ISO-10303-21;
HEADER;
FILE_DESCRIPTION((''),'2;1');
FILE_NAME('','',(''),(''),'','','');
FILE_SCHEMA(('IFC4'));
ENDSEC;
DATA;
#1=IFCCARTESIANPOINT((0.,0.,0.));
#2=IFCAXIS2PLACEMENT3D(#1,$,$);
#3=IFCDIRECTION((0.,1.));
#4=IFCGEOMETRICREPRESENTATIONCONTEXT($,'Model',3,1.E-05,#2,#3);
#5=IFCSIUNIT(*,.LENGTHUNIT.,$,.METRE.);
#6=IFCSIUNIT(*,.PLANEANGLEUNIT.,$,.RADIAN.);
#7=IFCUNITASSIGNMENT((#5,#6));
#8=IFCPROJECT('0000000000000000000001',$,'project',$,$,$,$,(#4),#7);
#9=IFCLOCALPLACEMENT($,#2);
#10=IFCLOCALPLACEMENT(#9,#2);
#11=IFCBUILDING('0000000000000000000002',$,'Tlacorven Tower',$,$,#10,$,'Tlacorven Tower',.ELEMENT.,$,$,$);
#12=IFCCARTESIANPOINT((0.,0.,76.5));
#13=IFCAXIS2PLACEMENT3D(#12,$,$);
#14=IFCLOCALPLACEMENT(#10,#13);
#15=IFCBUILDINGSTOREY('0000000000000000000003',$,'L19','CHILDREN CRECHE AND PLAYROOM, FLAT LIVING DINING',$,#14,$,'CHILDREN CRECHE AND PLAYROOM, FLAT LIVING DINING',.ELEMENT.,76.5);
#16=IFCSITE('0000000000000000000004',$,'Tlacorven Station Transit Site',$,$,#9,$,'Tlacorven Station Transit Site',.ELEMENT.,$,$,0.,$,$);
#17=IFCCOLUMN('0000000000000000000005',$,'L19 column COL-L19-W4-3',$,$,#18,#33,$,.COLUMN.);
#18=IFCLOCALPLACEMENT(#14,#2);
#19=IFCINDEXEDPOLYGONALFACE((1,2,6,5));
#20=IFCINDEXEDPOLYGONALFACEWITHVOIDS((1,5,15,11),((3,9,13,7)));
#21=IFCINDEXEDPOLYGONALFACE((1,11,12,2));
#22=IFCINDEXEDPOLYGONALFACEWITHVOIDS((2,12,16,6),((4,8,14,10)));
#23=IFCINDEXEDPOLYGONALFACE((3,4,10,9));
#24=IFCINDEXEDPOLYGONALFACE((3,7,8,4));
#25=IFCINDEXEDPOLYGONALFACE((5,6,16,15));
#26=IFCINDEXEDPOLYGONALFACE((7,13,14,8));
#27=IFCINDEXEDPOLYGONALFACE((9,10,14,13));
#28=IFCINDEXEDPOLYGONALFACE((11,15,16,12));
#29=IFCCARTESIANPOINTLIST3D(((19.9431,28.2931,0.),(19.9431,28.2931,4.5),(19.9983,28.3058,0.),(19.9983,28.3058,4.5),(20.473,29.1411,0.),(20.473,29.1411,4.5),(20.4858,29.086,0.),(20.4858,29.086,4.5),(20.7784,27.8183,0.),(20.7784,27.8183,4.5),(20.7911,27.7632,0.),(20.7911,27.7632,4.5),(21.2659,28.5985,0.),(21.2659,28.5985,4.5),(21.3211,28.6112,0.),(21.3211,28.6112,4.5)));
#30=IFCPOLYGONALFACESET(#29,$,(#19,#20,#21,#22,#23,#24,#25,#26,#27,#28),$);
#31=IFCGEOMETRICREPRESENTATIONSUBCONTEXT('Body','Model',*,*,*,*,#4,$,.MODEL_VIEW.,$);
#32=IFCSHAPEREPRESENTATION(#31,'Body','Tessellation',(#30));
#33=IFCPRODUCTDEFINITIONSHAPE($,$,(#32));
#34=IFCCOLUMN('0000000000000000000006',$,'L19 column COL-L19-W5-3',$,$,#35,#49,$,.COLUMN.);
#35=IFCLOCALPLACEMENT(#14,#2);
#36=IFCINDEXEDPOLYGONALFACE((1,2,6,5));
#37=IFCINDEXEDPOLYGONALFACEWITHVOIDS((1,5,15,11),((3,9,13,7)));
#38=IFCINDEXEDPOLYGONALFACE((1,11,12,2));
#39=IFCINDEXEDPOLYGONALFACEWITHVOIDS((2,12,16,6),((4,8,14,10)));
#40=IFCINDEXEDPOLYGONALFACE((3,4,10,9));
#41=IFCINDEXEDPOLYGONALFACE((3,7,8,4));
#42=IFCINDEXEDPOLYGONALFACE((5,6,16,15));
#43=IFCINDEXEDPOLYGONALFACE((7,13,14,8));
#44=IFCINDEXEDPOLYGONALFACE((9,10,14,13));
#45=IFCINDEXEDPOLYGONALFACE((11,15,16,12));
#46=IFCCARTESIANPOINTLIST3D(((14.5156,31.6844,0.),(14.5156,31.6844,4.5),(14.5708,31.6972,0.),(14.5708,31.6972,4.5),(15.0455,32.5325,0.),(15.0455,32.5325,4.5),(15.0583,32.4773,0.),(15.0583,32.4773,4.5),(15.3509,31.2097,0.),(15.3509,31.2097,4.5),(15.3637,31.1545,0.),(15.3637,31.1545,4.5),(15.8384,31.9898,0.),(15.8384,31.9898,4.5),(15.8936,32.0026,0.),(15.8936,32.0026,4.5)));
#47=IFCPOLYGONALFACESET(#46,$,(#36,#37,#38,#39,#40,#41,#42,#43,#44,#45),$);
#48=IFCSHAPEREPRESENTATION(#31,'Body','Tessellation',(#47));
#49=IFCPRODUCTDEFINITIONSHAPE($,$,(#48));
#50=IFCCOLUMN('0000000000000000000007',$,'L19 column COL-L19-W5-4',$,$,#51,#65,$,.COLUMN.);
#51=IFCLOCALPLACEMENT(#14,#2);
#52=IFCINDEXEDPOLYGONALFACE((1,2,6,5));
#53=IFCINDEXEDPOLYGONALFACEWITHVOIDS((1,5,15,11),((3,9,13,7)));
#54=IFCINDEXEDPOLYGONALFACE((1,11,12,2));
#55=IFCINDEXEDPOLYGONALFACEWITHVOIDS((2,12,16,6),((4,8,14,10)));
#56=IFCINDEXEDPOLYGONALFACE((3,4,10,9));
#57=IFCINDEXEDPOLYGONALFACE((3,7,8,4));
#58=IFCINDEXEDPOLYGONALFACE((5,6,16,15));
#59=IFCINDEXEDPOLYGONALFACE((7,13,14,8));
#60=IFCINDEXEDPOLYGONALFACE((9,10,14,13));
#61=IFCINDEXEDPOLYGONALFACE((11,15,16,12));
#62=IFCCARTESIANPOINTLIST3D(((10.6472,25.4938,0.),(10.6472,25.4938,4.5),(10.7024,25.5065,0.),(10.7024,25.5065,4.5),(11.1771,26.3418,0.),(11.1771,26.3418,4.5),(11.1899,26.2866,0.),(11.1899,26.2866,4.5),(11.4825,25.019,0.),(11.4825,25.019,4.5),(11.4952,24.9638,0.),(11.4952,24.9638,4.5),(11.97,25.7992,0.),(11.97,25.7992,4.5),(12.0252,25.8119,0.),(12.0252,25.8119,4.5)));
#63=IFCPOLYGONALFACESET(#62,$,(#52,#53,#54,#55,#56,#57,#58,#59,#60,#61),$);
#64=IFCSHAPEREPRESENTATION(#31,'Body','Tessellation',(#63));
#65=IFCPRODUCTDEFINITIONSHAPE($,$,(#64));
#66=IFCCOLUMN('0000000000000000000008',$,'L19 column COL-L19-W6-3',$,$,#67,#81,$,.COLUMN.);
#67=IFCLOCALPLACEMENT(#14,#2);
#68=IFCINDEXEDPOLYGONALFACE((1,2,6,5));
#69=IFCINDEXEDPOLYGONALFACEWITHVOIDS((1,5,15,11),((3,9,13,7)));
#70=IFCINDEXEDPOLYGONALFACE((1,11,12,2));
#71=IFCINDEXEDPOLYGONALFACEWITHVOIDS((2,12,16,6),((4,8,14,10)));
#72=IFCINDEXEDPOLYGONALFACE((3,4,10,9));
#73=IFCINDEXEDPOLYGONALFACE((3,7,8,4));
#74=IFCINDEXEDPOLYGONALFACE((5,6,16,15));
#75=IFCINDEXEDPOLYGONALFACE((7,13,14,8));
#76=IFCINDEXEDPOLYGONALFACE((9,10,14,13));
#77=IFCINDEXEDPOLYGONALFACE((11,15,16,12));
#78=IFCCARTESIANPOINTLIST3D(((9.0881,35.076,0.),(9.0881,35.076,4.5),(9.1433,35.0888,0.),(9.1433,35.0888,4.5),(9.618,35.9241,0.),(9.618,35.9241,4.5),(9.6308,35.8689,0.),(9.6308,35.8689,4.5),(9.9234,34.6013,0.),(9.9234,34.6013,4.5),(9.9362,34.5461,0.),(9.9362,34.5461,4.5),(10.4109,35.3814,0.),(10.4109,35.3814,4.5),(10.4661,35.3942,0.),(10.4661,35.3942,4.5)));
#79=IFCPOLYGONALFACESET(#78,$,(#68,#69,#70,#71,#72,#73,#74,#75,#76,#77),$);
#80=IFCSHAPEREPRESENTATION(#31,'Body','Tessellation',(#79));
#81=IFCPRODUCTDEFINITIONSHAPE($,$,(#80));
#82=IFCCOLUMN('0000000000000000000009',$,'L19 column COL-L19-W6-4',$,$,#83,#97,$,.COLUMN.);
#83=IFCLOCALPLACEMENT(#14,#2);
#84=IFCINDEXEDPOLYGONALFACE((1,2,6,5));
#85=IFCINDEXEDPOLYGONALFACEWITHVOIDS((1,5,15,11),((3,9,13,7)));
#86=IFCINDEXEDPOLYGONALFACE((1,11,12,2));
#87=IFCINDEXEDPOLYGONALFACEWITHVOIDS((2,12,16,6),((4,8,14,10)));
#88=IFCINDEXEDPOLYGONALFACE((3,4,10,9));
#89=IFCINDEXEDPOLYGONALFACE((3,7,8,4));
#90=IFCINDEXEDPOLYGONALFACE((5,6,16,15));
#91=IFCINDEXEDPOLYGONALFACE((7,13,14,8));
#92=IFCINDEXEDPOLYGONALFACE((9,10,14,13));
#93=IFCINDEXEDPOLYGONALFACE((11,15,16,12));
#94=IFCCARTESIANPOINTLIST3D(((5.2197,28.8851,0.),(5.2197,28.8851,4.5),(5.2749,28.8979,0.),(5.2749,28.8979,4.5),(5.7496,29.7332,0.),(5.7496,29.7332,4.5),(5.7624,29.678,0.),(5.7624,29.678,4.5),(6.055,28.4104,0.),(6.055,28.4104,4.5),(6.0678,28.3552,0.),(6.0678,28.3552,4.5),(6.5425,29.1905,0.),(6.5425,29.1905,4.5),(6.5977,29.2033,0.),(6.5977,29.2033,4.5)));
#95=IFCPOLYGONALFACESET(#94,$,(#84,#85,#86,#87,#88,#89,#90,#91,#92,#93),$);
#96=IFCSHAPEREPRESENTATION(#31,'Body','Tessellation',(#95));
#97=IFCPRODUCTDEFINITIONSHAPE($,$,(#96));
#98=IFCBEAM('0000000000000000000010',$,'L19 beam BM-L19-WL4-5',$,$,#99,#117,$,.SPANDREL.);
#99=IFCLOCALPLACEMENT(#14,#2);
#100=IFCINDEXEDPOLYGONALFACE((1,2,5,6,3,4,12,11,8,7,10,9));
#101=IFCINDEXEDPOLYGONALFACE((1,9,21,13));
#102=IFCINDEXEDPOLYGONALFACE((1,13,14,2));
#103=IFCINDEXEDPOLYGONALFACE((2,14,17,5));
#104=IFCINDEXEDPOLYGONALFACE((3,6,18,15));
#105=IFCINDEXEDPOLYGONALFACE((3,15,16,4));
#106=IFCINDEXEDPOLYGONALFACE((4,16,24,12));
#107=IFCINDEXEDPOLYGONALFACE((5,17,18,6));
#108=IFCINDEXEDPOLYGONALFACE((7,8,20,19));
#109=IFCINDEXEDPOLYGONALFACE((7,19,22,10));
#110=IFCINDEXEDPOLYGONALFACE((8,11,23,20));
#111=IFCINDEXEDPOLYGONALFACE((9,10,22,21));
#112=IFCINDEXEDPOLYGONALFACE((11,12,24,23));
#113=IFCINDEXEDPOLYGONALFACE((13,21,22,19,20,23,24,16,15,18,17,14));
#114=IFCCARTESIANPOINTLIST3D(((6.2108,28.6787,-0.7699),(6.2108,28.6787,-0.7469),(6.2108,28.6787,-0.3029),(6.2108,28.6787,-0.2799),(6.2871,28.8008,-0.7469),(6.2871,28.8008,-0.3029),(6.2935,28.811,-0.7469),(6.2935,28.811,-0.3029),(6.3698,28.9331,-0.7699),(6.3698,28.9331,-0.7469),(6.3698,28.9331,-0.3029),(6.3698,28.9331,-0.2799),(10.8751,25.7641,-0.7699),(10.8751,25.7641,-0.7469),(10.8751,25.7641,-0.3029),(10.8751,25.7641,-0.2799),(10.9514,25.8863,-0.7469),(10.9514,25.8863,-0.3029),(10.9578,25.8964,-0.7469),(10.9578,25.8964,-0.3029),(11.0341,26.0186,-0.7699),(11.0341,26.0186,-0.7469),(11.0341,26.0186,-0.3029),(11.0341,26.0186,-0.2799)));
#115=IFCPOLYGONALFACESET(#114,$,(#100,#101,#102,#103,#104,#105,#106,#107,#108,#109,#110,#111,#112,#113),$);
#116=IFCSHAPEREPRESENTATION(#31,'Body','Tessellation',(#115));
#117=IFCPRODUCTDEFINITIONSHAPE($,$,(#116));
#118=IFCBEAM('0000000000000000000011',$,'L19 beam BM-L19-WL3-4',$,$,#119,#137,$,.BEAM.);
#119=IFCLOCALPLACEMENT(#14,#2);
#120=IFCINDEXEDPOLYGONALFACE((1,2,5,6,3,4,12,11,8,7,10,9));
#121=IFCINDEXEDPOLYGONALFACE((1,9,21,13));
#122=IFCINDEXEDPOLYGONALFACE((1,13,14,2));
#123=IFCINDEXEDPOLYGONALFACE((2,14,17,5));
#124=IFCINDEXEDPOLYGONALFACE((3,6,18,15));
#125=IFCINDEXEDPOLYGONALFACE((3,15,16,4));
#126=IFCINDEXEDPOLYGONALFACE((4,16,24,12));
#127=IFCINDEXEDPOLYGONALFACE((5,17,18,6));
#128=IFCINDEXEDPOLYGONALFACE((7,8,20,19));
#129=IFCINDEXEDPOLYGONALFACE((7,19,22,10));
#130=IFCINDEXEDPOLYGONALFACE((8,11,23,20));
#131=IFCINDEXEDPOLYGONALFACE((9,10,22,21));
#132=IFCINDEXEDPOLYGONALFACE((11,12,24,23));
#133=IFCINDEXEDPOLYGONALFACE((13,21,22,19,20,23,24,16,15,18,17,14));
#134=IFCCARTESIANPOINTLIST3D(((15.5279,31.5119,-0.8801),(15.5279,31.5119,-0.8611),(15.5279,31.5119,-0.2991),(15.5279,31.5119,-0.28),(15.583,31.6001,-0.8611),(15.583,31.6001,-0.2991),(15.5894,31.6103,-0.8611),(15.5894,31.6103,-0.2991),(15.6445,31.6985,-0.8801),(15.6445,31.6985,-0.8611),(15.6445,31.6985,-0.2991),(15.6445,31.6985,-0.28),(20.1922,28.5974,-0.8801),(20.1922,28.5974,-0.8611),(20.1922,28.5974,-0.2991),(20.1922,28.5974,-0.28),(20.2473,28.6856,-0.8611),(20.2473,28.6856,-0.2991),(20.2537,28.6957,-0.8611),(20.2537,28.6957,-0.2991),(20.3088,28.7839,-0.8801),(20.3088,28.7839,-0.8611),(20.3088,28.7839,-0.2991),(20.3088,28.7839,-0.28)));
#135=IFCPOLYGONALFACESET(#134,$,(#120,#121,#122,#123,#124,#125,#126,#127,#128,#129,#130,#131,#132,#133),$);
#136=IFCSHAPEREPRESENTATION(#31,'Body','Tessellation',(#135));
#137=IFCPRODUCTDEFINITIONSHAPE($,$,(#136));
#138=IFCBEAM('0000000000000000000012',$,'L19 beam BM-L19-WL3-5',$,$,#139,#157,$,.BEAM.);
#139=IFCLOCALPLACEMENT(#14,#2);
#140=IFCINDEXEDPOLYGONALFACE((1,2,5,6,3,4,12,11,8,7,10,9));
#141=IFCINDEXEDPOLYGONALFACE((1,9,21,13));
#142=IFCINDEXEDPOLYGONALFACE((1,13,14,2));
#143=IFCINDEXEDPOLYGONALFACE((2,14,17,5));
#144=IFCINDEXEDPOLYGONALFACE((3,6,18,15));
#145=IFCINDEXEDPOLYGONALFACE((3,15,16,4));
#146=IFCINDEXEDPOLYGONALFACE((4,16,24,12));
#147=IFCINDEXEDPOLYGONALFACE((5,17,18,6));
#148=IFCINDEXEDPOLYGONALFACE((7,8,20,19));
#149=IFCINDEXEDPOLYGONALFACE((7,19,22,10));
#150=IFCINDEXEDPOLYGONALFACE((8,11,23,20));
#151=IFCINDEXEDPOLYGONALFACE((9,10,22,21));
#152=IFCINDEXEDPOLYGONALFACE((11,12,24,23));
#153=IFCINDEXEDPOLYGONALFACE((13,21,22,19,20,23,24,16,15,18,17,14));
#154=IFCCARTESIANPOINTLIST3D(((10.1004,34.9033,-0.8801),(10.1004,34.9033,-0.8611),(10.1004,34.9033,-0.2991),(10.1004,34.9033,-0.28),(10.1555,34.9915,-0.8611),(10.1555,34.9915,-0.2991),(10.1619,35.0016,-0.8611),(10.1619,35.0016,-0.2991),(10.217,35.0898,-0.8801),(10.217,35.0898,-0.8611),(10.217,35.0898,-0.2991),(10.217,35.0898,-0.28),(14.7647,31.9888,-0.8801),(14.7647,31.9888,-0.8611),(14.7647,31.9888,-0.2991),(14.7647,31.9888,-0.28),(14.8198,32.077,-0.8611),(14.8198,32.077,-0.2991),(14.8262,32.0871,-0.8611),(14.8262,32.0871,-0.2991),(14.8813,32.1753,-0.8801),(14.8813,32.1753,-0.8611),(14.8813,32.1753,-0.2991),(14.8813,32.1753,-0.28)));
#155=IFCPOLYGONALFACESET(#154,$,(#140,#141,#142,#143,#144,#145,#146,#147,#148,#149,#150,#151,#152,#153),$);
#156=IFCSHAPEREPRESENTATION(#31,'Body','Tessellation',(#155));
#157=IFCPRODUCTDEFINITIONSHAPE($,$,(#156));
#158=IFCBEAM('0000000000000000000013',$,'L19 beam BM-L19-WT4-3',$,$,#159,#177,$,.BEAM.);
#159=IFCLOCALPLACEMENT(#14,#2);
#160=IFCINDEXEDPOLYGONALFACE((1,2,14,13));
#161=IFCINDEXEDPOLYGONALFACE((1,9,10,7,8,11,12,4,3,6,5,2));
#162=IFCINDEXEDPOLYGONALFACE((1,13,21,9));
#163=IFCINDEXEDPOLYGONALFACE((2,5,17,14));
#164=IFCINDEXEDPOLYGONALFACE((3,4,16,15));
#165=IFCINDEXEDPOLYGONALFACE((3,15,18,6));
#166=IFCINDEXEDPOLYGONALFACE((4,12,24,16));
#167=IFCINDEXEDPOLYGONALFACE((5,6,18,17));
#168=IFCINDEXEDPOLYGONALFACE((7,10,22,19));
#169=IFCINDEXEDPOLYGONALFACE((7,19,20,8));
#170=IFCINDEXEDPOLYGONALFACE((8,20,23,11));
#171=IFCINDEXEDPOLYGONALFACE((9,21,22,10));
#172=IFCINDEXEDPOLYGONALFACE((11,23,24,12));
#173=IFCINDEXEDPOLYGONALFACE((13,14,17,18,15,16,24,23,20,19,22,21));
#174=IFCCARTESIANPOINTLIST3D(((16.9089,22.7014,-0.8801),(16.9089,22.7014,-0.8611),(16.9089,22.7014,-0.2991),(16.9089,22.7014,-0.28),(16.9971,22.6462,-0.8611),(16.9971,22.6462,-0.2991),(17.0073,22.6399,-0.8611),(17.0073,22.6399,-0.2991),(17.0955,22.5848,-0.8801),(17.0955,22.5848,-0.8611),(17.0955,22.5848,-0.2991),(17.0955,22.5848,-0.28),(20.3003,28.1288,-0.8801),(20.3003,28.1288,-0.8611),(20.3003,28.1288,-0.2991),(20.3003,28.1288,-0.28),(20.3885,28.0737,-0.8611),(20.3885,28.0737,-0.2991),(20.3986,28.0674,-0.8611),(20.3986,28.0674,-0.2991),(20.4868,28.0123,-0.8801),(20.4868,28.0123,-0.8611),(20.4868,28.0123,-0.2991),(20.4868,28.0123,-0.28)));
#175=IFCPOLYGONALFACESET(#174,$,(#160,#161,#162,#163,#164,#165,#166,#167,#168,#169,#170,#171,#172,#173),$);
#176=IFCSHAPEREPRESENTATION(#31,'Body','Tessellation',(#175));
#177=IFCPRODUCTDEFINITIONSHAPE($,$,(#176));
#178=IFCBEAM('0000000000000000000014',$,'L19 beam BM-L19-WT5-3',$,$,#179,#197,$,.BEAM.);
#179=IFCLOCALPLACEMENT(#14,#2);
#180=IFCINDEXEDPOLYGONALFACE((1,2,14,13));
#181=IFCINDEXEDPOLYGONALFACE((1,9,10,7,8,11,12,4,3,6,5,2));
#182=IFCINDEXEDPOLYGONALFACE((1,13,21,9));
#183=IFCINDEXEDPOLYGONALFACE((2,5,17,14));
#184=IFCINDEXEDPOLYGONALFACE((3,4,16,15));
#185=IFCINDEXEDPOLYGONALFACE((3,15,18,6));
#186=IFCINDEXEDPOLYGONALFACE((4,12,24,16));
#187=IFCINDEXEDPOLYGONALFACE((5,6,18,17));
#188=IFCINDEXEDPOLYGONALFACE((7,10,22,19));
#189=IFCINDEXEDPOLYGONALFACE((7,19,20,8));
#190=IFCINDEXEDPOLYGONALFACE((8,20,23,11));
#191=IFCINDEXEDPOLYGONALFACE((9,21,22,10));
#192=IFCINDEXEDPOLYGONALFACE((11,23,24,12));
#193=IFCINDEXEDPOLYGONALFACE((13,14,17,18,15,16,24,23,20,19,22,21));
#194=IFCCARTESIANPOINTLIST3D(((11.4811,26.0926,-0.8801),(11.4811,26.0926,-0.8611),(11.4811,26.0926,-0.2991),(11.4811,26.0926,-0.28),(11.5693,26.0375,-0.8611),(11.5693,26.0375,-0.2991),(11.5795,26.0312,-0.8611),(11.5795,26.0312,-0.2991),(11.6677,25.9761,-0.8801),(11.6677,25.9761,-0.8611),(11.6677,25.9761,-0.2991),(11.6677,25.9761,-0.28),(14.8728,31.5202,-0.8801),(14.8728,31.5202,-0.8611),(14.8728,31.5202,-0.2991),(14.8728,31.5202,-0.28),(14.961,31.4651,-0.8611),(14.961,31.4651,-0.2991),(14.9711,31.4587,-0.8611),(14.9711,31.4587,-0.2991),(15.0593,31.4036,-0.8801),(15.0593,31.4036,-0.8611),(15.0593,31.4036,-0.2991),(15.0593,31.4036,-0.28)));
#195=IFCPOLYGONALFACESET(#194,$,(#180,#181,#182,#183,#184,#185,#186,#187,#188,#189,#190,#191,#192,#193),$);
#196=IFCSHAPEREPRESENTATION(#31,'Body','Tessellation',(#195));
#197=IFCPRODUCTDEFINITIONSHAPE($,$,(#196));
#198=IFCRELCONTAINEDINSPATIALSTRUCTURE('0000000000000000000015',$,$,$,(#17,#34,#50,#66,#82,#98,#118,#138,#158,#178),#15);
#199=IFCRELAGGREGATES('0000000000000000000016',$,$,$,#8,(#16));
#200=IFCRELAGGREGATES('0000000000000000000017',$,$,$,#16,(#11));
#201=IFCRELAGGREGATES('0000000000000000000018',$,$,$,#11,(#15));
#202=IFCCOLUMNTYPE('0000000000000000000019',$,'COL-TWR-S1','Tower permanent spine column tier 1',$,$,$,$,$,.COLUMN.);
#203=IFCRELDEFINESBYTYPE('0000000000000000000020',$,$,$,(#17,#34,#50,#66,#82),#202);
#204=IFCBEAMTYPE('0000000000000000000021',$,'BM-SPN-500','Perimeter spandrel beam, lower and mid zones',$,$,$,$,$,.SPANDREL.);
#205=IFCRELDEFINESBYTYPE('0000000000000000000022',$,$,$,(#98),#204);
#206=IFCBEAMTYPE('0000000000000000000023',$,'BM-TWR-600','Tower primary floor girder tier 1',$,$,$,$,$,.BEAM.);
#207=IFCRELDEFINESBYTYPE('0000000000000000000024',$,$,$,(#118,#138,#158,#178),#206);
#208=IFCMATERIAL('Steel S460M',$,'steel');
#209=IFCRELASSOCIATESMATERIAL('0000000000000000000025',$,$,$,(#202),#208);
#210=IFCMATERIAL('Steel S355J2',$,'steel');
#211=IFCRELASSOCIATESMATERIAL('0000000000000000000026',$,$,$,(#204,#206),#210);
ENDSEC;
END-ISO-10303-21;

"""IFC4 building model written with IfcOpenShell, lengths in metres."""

from ifc_helpers import new_model, si_unit, direction, frame, origin, origin_2d, place, context, subcontext, project, spatial, hollow_rectangle, i_section, extrude, source, transform, mapped, material, material_profile, profile_set, type_object, element, save


model = new_model("IFC4")

# Units and contexts
model_context = context("Model", 3, precision=1e-05, world=origin(), true_north=direction((0.0, 1.0)))
body_context = subcontext(model_context, "Body", "Model", "MODEL_VIEW")
ifc_project = project(units=[si_unit("LENGTHUNIT", "METRE"), si_unit("PLANEANGLEUNIT", "RADIAN")], contexts=[model_context])

# Site, building, storey
site_placement = place(None, origin())
site = spatial("IfcSite", under=ifc_project, at=site_placement, Name="Tlacorven Station Transit Site", LongName="Tlacorven Station Transit Site", CompositionType="ELEMENT", RefElevation=0.0)
building_placement = place(site_placement, origin())
building = spatial("IfcBuilding", under=site, at=building_placement, Name="Tlacorven Tower", LongName="Tlacorven Tower", CompositionType="ELEMENT")
storey_placement = place(building_placement, frame((0.0, 0.0, 76.5)))
storey = spatial("IfcBuildingStorey", under=building, at=storey_placement, Name="L19", Description="CHILDREN CRECHE AND PLAYROOM, FLAT LIVING DINING", LongName="CHILDREN CRECHE AND PLAYROOM, FLAT LIVING DINING", CompositionType="ELEMENT", Elevation=76.5)

# Columns
ifc_material_1 = material(Name="Steel S460M", Category="steel")
ifc_material_profile_1 = material_profile(ifc_material_1, hollow_rectangle(XDim=1.0, YDim=1.0, WallThickness=0.04, at=origin_2d()), Name="BOX 1000X1000X40")
ifc_profile_set_1 = profile_set([ifc_material_profile_1], Name="Steel S460M")
column_type = type_object("IfcColumnType", Name="COL-TWR-S1", Description="Tower permanent spine column tier 1", PredefinedType="COLUMN", material=ifc_profile_set_1)
shared_shape_1 = source(origin(), body_context, "Body", "SweptSolid", [
    extrude(hollow_rectangle(XDim=1.0, YDim=1.0, WallThickness=0.04, at=origin_2d()), origin(), (0.0, 0.0, 1.0), 4.5),
])
for number, where, z_axis, x_axis, name in (
    (1, (20.6321, 28.4521, 0.0), (0.0, 0.0, 1.0), (-0.848048, 0.529919, 0.0), "L19 column COL-L19-W4-3"),
    (2, (15.2046, 31.8435, 0.0), (0.0, 0.0, 1.0), (-0.848048, 0.529919, 0.0), "L19 column COL-L19-W5-3"),
    (3, (11.3362, 25.6528, 0.0), (0.0, 0.0, 1.0), (-0.848048, 0.529919, 0.0), "L19 column COL-L19-W5-4"),
    (4, (9.7771, 35.2351, 0.0), (0.0, 0.0, 1.0), (-0.848048, 0.529919, 0.0), "L19 column COL-L19-W6-3"),
    (5, (5.9087, 29.0442, 0.0), (0.0, 0.0, 1.0), (-0.848048, 0.529919, 0.0), "L19 column COL-L19-W6-4"),
):
    element("IfcColumn", number, at=place(storey_placement, frame(where, z_axis=z_axis, x_axis=x_axis)), inside=storey, type_object=column_type, Name=name, PredefinedType="COLUMN", context=body_context, shape_type="MappedRepresentation", body=[
        mapped(shared_shape_1, transform((0.0, 0.0, 0.0), scale=1.0)),
    ])

# Beams
ifc_material_2 = material(Name="Steel S355J2", Category="steel")
ifc_material_profile_2 = material_profile(ifc_material_2, i_section(OverallWidth=0.3, OverallDepth=0.49, WebThickness=0.012, FlangeThickness=0.0229, at=origin_2d()), Name="HEA 500")
ifc_profile_set_2 = profile_set([ifc_material_profile_2], Name="Steel S355J2")
beam_type_1 = type_object("IfcBeamType", Name="BM-SPN-500", Description="Perimeter spandrel beam, lower and mid zones", PredefinedType="SPANDREL", material=ifc_profile_set_2)
shared_shape_2 = source(origin(), body_context, "Body", "SweptSolid", [
    extrude(i_section(OverallWidth=0.3, OverallDepth=0.49, WebThickness=0.012, FlangeThickness=0.0229, at=origin_2d()), origin(), (0.0, 0.0, 1.0), 5.5),
])
beam_1_placement = place(storey_placement, frame((10.9546, 25.8914, -0.5249), z_axis=(-0.848051, 0.529915, 0.0), x_axis=(-0.529915, -0.848051, 0.0)))
element("IfcBeam", 6, at=beam_1_placement, inside=storey, type_object=beam_type_1, Name="L19 beam BM-L19-WL4-5", PredefinedType="SPANDREL", context=body_context, shape_type="MappedRepresentation", body=[
    mapped(shared_shape_2, transform((0.0, 0.0, 0.0), scale=1.0)),
])
ifc_material_profile_3 = material_profile(ifc_material_2, i_section(OverallWidth=0.22, OverallDepth=0.6001, WebThickness=0.012, FlangeThickness=0.019, at=origin_2d()), Name="IPE 600")
ifc_profile_set_3 = profile_set([ifc_material_profile_3], Name="Steel S355J2")
beam_type_2 = type_object("IfcBeamType", Name="BM-TWR-600", Description="Tower primary floor girder tier 1", PredefinedType="BEAM", material=ifc_profile_set_3)
shared_shape_3 = source(origin(), body_context, "Body", "SweptSolid", [
    extrude(i_section(OverallWidth=0.22, OverallDepth=0.6001, WebThickness=0.012, FlangeThickness=0.019, at=origin_2d()), origin(), (0.0, 0.0, 1.0), 5.5),
])
for number, where, z_axis, x_axis, name in (
    (7, (20.2505, 28.6907, -0.5801), (-0.848051, 0.529915, 0.0), (-0.529915, -0.848051, 0.0), "L19 beam BM-L19-WL3-4"),
    (8, (14.823, 32.082, -0.5801), (-0.848051, 0.529915, 0.0), (-0.529915, -0.848051, 0.0), "L19 beam BM-L19-WL3-5"),
):
    element("IfcBeam", number, at=place(storey_placement, frame(where, z_axis=z_axis, x_axis=x_axis)), inside=storey, type_object=beam_type_2, Name=name, PredefinedType="BEAM", context=body_context, shape_type="MappedRepresentation", body=[
        mapped(shared_shape_3, transform((0.0, 0.0, 0.0), scale=1.0)),
    ])
shared_shape_4 = source(origin(), body_context, "Body", "SweptSolid", [
    extrude(i_section(OverallWidth=0.22, OverallDepth=0.6001, WebThickness=0.012, FlangeThickness=0.019, at=origin_2d()), origin(), (0.0, 0.0, 1.0), 6.3999),
])
beam_2_placement = place(storey_placement, frame((20.3936, 28.0706, -0.5801), z_axis=(-0.529906, -0.848056, 0.0), x_axis=(0.848056, -0.529906, 0.0)))
element("IfcBeam", 9, at=beam_2_placement, inside=storey, type_object=beam_type_2, Name="L19 beam BM-L19-WT4-3", PredefinedType="BEAM", context=body_context, shape_type="MappedRepresentation", body=[
    mapped(shared_shape_4, transform((0.0, 0.0, 0.0), scale=1.0)),
])
shared_shape_5 = source(origin(), body_context, "Body", "SweptSolid", [
    extrude(i_section(OverallWidth=0.22, OverallDepth=0.6001, WebThickness=0.012, FlangeThickness=0.019, at=origin_2d()), origin(), (0.0, 0.0, 1.0), 6.4001),
])
for number, where, z_axis, x_axis, name in (
    (10, (14.9661, 31.4619, -0.5801), (-0.529934, -0.848039, 0.0), (0.848039, -0.529934, 0.0), "L19 beam BM-L19-WT5-3"),
):
    element("IfcBeam", number, at=place(storey_placement, frame(where, z_axis=z_axis, x_axis=x_axis)), inside=storey, type_object=beam_type_2, Name=name, PredefinedType="BEAM", context=body_context, shape_type="MappedRepresentation", body=[
        mapped(shared_shape_5, transform((0.0, 0.0, 0.0), scale=1.0)),
    ])

save(model, "model.ifc")
